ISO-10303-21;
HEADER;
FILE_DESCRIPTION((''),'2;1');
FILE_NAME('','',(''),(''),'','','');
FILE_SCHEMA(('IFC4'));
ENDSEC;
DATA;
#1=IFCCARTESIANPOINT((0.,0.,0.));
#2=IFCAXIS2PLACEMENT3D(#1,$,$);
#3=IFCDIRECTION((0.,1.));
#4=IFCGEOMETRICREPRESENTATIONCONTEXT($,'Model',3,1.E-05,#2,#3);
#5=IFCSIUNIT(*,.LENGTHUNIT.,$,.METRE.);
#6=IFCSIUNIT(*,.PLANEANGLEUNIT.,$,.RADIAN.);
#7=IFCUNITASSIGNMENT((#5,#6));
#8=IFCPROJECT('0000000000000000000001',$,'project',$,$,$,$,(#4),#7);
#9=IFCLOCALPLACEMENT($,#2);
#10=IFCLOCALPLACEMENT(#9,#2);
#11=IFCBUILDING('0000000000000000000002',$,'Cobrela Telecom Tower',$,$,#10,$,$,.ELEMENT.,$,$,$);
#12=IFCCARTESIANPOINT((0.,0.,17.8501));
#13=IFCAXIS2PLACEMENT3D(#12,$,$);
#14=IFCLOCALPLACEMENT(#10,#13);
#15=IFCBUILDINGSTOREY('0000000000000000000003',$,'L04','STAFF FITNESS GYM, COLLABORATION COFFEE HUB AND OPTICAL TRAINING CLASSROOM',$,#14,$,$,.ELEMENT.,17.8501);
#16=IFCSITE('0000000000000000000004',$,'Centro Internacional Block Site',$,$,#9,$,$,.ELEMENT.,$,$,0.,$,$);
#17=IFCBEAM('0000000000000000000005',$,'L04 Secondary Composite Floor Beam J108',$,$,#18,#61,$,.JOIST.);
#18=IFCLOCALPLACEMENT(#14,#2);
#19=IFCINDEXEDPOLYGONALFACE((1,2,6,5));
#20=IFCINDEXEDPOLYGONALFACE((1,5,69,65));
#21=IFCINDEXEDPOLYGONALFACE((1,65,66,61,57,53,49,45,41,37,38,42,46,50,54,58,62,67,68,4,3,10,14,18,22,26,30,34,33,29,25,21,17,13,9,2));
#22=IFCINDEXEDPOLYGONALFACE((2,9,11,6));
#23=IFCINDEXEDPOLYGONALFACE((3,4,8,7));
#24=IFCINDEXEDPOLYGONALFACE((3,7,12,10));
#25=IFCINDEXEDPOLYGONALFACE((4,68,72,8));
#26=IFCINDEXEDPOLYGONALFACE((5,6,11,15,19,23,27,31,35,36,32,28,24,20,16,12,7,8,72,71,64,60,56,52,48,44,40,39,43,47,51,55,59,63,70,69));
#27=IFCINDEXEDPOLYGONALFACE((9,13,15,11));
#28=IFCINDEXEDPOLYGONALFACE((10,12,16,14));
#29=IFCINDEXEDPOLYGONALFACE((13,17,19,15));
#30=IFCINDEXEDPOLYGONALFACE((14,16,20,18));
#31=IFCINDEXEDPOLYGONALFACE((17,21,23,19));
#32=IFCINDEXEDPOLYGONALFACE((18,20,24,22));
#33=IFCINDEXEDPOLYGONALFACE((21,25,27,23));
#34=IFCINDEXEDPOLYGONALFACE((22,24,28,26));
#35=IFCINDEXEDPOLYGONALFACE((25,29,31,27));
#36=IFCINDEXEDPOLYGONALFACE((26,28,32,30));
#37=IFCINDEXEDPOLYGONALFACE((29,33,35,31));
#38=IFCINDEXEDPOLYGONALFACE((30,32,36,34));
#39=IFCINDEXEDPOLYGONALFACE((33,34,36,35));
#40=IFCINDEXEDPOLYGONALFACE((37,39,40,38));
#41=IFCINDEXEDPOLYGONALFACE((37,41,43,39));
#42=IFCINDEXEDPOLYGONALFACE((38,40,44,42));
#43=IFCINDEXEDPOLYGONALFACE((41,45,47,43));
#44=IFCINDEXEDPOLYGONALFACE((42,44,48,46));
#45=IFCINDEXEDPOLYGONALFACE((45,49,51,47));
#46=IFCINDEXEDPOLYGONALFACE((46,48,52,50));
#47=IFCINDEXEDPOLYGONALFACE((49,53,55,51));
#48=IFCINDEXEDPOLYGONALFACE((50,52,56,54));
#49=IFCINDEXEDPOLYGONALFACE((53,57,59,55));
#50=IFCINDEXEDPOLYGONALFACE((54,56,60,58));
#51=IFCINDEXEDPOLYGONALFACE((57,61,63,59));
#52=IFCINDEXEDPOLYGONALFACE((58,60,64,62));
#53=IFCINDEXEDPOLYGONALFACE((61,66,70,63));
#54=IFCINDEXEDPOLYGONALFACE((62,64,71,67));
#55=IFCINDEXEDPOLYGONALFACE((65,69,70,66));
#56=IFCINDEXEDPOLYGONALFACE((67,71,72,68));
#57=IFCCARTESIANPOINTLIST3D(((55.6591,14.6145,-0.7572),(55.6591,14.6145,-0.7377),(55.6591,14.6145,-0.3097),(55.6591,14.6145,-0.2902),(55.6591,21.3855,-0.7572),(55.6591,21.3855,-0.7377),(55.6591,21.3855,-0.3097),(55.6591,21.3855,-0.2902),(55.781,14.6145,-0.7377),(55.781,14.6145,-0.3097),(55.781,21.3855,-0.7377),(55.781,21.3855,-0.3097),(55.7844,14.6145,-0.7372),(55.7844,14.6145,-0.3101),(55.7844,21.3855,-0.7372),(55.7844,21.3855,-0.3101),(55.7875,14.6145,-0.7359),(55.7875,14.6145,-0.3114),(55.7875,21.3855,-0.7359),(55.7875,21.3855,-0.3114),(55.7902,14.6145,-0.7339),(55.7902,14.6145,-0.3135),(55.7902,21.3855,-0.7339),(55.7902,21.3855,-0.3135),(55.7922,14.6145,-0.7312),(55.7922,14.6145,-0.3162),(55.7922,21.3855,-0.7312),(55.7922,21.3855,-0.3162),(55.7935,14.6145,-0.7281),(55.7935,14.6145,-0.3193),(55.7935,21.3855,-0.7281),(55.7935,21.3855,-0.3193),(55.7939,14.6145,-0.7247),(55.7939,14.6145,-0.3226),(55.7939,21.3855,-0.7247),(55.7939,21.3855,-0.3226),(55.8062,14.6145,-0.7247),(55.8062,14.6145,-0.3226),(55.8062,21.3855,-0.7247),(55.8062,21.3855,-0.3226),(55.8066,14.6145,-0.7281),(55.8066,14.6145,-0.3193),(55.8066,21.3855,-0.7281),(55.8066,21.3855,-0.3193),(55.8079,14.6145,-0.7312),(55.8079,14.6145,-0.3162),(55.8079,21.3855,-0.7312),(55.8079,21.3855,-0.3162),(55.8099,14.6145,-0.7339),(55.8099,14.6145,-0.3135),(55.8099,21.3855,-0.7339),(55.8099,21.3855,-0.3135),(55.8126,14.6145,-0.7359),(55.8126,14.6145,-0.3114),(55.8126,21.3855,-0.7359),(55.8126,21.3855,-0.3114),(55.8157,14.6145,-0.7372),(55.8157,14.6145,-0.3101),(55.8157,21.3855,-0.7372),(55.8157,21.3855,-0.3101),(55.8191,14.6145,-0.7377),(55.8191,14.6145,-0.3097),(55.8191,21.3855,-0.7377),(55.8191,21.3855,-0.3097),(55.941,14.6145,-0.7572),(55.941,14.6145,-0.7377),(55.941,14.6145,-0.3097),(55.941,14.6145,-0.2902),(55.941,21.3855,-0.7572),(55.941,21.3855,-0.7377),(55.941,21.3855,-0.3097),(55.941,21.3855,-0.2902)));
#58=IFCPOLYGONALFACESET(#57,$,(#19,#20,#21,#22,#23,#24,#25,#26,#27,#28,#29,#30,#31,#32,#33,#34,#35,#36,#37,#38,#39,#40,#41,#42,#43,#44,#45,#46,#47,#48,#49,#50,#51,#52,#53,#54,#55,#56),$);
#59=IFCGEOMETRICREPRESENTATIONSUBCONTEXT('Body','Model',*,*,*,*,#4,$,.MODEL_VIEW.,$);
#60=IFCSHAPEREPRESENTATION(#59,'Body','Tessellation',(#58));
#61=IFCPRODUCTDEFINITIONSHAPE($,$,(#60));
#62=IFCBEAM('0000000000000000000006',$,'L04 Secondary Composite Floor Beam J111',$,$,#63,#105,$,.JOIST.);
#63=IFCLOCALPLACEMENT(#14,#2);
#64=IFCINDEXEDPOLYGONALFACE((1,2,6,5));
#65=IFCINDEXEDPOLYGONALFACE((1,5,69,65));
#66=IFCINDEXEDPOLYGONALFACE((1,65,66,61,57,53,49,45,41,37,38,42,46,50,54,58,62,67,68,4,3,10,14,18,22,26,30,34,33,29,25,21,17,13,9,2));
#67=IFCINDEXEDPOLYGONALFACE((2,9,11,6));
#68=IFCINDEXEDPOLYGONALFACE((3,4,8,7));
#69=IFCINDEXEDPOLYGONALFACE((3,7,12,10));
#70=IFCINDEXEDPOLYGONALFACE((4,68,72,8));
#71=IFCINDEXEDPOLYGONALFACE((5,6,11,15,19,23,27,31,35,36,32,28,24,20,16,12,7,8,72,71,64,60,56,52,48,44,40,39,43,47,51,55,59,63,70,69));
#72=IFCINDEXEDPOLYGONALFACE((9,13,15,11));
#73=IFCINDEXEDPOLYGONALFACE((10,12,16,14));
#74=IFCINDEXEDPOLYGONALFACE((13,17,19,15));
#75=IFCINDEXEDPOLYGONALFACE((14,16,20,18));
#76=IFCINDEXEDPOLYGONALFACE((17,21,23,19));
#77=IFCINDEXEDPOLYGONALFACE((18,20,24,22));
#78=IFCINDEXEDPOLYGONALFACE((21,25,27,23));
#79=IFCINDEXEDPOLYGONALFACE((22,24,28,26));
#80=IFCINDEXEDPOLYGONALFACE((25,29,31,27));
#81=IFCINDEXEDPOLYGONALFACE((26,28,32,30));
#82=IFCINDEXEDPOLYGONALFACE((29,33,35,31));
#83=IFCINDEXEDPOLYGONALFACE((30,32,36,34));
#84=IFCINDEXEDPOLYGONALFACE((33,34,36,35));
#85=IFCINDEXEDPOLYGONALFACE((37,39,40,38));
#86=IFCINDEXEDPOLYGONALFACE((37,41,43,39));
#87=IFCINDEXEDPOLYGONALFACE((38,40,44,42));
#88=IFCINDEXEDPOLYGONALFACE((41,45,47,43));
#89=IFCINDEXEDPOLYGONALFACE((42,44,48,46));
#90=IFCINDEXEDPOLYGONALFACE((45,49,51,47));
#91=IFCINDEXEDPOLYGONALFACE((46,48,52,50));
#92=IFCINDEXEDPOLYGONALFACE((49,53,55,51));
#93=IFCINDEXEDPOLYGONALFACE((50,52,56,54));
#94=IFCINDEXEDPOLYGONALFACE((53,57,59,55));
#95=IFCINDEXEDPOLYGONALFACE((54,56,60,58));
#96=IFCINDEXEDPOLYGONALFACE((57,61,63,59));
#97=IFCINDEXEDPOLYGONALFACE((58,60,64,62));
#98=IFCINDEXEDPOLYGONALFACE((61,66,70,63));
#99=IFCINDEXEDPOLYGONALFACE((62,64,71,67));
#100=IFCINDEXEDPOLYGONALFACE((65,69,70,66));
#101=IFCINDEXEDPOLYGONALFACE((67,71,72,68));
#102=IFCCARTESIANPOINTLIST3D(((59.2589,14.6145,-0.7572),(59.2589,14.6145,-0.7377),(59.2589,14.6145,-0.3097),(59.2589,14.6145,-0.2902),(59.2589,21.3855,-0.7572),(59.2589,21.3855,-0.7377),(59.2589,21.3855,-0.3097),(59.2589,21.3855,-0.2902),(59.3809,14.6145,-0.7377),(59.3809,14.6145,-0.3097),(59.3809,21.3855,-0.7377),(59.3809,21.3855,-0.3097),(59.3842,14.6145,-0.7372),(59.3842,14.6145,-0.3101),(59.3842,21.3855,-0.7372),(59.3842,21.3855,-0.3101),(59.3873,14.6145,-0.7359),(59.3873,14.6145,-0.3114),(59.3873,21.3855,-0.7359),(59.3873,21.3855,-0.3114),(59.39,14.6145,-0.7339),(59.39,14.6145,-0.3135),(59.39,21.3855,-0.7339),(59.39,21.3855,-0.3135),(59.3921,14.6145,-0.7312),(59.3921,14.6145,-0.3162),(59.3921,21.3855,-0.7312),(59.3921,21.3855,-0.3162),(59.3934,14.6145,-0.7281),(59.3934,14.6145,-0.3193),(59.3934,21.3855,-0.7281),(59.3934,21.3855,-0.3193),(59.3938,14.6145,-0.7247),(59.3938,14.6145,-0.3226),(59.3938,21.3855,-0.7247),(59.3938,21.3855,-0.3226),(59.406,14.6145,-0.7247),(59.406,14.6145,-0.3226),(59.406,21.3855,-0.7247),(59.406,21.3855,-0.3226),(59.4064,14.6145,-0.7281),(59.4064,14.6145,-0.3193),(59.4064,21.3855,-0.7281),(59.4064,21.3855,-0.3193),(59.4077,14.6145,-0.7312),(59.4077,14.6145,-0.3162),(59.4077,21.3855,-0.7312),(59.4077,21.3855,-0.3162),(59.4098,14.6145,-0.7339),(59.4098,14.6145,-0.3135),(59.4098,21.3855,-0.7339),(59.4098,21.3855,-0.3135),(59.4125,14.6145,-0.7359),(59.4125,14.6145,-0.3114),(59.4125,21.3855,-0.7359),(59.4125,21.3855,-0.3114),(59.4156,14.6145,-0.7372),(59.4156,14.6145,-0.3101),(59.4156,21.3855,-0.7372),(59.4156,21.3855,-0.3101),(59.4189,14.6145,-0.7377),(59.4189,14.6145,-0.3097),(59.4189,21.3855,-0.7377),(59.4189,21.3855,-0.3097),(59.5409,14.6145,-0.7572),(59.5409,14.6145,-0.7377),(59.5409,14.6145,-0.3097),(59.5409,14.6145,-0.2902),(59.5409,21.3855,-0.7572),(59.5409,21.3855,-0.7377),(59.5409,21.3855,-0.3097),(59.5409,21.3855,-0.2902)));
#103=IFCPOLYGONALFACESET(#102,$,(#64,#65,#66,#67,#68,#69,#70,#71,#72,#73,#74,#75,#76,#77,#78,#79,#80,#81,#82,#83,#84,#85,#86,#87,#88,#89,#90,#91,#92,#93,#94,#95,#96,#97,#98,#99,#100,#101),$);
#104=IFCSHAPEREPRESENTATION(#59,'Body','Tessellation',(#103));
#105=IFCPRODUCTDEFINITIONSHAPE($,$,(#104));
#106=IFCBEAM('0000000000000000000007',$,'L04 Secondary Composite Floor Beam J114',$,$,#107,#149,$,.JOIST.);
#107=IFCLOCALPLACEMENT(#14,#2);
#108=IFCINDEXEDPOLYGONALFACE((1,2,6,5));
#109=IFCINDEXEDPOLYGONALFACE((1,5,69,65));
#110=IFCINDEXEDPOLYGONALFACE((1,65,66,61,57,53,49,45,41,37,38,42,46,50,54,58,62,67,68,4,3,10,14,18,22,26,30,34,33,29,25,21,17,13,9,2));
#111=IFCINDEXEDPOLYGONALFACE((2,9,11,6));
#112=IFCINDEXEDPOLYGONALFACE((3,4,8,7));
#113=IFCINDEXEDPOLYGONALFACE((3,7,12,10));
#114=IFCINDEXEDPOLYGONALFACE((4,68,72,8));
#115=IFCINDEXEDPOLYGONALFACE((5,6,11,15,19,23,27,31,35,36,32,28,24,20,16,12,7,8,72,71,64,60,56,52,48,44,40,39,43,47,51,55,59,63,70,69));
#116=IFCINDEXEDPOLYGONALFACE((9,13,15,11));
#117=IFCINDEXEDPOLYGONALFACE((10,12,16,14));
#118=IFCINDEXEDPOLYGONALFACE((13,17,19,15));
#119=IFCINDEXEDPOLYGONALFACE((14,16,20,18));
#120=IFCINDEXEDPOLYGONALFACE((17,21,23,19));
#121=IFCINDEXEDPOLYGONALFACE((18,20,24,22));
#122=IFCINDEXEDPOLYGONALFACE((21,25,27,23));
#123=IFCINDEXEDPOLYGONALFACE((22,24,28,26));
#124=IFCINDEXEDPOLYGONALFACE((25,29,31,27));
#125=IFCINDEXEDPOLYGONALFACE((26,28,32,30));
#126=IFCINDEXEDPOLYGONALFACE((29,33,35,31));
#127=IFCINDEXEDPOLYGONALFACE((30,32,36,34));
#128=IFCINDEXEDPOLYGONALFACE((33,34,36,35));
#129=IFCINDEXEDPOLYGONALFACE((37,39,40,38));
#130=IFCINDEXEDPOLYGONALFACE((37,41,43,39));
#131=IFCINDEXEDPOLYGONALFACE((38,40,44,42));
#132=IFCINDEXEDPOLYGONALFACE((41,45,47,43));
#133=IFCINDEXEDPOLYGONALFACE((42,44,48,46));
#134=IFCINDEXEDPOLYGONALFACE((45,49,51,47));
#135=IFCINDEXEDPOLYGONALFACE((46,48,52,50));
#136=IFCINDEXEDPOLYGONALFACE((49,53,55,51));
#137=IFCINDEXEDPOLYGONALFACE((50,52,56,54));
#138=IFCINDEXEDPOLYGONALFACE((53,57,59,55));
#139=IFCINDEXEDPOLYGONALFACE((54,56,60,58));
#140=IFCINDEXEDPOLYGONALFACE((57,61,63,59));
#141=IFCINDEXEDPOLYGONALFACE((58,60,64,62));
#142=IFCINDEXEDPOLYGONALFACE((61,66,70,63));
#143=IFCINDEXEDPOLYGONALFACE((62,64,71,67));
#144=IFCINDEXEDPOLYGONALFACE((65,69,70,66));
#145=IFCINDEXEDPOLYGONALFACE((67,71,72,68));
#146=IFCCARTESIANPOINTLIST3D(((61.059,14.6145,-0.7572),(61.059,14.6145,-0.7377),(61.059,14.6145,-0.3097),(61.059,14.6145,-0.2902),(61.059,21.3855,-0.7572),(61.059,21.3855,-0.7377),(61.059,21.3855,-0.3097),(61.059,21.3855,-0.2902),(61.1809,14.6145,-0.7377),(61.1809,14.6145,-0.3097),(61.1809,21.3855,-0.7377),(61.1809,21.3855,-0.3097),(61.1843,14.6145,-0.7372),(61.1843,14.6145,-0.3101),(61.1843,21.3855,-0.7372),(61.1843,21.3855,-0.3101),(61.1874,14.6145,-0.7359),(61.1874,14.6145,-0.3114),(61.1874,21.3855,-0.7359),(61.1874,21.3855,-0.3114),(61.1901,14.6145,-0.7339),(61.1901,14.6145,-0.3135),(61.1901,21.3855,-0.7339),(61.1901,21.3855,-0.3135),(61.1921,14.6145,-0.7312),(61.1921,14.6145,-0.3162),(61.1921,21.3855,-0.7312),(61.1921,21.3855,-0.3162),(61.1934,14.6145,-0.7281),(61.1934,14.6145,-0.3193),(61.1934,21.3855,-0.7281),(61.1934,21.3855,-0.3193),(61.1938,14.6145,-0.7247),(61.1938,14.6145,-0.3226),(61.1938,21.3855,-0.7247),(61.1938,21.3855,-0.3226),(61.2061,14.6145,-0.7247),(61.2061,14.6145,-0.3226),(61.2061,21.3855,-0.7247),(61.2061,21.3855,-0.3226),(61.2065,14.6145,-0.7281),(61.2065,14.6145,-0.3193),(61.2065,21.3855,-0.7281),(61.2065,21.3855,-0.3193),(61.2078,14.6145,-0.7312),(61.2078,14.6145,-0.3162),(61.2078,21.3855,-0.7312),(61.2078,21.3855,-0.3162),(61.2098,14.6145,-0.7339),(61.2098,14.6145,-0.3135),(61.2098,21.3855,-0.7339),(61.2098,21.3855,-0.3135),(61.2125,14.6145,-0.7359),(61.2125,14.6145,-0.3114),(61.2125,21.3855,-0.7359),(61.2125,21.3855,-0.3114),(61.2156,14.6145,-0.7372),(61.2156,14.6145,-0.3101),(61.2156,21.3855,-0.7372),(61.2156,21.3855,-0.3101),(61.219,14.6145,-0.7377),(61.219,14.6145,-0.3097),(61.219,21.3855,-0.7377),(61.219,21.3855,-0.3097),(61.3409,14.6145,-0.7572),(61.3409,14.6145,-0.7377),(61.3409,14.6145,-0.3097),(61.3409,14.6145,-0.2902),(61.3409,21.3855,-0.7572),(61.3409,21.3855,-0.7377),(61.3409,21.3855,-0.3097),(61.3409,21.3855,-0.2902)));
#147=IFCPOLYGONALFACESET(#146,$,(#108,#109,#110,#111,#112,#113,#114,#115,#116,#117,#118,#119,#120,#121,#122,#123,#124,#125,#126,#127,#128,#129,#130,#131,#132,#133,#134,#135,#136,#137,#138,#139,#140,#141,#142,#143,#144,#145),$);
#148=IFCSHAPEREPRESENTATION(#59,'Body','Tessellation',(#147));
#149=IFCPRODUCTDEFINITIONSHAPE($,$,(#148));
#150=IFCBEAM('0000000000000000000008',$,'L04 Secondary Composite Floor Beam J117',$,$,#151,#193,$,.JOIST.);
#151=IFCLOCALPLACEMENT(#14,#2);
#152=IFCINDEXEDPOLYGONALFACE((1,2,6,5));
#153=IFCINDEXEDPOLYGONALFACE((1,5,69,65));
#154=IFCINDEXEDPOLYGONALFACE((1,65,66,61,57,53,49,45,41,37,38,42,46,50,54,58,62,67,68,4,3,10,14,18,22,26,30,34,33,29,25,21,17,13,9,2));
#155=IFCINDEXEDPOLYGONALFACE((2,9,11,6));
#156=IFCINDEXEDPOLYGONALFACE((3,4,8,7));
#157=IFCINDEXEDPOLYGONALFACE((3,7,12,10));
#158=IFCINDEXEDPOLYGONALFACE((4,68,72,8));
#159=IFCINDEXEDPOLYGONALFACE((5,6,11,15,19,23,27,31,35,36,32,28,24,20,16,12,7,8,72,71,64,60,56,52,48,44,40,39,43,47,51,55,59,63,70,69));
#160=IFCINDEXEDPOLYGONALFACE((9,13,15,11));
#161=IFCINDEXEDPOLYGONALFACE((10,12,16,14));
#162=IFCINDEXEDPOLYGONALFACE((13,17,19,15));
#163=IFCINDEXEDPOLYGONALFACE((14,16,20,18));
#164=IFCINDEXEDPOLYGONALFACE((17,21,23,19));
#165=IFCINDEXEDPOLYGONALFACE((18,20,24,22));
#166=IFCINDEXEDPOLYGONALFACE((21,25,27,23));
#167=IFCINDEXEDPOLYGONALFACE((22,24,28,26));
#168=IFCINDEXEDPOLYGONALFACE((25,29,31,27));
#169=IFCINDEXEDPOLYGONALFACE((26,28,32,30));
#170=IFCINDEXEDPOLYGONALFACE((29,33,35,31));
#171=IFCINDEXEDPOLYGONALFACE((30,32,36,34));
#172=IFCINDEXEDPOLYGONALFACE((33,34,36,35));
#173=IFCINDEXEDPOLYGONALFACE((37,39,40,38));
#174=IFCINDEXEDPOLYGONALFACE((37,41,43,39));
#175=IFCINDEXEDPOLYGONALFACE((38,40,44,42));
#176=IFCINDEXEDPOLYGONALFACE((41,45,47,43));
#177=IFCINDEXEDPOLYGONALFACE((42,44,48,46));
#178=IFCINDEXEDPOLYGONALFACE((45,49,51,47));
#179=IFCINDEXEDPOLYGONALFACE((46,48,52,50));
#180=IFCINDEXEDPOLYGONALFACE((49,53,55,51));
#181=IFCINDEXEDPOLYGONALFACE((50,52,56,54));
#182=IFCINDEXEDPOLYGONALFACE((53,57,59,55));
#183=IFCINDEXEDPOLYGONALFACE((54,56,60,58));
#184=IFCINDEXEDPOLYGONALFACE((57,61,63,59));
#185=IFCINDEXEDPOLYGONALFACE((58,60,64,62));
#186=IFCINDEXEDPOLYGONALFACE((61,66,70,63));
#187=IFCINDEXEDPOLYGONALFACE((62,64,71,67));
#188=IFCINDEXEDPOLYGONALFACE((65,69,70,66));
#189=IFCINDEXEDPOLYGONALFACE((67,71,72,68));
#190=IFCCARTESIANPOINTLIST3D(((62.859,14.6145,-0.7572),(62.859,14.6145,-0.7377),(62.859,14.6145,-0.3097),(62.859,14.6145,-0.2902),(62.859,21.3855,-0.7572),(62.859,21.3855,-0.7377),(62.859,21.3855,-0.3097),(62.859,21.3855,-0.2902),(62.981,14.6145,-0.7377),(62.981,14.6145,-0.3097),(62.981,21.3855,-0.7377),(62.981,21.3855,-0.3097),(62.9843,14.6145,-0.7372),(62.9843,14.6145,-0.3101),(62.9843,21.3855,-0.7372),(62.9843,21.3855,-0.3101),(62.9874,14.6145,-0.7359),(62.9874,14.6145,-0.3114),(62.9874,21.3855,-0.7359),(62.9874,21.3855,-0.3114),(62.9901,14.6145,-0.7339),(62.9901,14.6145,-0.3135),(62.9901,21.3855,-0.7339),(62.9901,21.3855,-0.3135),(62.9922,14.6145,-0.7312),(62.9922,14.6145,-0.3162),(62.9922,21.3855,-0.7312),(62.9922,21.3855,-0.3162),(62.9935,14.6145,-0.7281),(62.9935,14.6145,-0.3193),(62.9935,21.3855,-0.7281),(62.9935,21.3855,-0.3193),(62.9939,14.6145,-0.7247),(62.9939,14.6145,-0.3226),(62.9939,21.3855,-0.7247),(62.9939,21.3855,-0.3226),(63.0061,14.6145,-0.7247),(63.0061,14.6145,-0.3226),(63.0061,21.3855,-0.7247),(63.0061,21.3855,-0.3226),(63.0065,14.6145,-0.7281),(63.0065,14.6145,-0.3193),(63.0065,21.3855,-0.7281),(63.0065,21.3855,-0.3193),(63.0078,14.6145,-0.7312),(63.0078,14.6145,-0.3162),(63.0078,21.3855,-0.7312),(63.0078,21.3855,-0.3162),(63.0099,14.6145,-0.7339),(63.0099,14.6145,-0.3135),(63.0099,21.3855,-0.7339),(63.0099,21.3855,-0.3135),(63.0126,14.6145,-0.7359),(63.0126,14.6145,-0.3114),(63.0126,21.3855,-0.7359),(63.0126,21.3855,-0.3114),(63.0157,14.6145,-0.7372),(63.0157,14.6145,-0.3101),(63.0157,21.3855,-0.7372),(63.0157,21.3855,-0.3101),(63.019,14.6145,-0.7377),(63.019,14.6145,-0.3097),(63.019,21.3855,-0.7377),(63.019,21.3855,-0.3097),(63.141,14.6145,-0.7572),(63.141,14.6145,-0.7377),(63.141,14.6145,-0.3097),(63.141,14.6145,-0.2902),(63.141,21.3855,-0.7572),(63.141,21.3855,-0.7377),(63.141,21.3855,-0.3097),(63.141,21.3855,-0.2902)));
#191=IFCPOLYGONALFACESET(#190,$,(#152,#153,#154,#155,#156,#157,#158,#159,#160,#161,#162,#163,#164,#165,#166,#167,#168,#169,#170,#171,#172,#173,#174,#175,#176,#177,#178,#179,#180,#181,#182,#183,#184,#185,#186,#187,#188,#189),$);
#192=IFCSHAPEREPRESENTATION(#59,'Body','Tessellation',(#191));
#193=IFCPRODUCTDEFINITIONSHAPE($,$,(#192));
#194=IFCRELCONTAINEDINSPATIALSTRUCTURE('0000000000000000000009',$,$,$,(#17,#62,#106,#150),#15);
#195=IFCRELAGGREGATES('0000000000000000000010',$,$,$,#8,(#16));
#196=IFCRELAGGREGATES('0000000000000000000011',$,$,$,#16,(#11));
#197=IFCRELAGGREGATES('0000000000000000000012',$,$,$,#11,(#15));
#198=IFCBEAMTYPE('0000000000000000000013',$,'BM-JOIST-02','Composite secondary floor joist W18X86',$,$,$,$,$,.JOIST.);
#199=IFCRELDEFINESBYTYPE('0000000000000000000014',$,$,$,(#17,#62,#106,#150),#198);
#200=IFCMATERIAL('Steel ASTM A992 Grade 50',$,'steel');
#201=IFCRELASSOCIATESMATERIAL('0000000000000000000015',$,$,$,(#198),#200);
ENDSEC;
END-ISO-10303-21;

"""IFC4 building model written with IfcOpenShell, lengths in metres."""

from ifc_helpers import new_model, si_unit, direction, frame, origin, origin_2d, place, context, subcontext, project, spatial, i_section, extrude, material, material_profile, profile_set, type_object, element, save


model = new_model("IFC4")

# Units and contexts
model_context = context("Model", 3, precision=1e-05, world=origin(), true_north=direction((0.0, 1.0)))
body_context = subcontext(model_context, "Body", "Model", "MODEL_VIEW")
ifc_project = project(units=[si_unit("LENGTHUNIT", "METRE"), si_unit("PLANEANGLEUNIT", "RADIAN")], contexts=[model_context])

# Site, building, storey
site_placement = place(None, origin())
site = spatial("IfcSite", under=ifc_project, at=site_placement, Name="Centro Internacional Block Site", CompositionType="ELEMENT", RefElevation=0.0)
building_placement = place(site_placement, origin())
building = spatial("IfcBuilding", under=site, at=building_placement, Name="Cobrela Telecom Tower", CompositionType="ELEMENT")
storey_placement = place(building_placement, frame((0.0, 0.0, 17.8501)))
storey = spatial("IfcBuildingStorey", under=building, at=storey_placement, Name="L04", Description="STAFF FITNESS GYM, COLLABORATION COFFEE HUB AND OPTICAL TRAINING CLASSROOM", CompositionType="ELEMENT", Elevation=17.8501)

# Beams
ifc_material_1 = material(Name="Steel ASTM A992 Grade 50", Category="steel")
ifc_material_profile_1 = material_profile(ifc_material_1, i_section(OverallWidth=0.282, OverallDepth=0.467, WebThickness=0.0122, FlangeThickness=0.0195, FilletRadius=0.0129, at=origin_2d()), Name="W18X86")
ifc_profile_set_1 = profile_set([ifc_material_profile_1], Name="Steel ASTM A992 Grade 50")
beam_type_1 = type_object("IfcBeamType", Name="BM-JOIST-02", Description="Composite secondary floor joist W18X86", PredefinedType="JOIST", material=ifc_profile_set_1)
for number, where, z_axis, x_axis, name in (
    (1, (55.8, 14.6145, -0.5237), (0.0, 1.0, 0.0), (-1.0, 0.0, 0.0), "L04 Secondary Composite Floor Beam J108"),
    (2, (59.3999, 14.6145, -0.5237), (0.0, 1.0, 0.0), (-1.0, 0.0, 0.0), "L04 Secondary Composite Floor Beam J111"),
    (3, (61.2, 14.6145, -0.5237), (0.0, 1.0, 0.0), (-1.0, 0.0, 0.0), "L04 Secondary Composite Floor Beam J114"),
    (4, (63.0, 14.6145, -0.5237), (0.0, 1.0, 0.0), (-1.0, 0.0, 0.0), "L04 Secondary Composite Floor Beam J117"),
):
    element("IfcBeam", number, at=place(storey_placement, frame(where, z_axis=z_axis, x_axis=x_axis)), inside=storey, type_object=beam_type_1, Name=name, PredefinedType="JOIST", context=body_context, shape_type="SweptSolid", body=[
        extrude(i_section(OverallWidth=0.282, OverallDepth=0.467, WebThickness=0.0122, FlangeThickness=0.0195, FilletRadius=0.0129, at=origin_2d()), origin(), (0.0, 0.0, 1.0), 6.771),
    ])

save(model, "model.ifc")
